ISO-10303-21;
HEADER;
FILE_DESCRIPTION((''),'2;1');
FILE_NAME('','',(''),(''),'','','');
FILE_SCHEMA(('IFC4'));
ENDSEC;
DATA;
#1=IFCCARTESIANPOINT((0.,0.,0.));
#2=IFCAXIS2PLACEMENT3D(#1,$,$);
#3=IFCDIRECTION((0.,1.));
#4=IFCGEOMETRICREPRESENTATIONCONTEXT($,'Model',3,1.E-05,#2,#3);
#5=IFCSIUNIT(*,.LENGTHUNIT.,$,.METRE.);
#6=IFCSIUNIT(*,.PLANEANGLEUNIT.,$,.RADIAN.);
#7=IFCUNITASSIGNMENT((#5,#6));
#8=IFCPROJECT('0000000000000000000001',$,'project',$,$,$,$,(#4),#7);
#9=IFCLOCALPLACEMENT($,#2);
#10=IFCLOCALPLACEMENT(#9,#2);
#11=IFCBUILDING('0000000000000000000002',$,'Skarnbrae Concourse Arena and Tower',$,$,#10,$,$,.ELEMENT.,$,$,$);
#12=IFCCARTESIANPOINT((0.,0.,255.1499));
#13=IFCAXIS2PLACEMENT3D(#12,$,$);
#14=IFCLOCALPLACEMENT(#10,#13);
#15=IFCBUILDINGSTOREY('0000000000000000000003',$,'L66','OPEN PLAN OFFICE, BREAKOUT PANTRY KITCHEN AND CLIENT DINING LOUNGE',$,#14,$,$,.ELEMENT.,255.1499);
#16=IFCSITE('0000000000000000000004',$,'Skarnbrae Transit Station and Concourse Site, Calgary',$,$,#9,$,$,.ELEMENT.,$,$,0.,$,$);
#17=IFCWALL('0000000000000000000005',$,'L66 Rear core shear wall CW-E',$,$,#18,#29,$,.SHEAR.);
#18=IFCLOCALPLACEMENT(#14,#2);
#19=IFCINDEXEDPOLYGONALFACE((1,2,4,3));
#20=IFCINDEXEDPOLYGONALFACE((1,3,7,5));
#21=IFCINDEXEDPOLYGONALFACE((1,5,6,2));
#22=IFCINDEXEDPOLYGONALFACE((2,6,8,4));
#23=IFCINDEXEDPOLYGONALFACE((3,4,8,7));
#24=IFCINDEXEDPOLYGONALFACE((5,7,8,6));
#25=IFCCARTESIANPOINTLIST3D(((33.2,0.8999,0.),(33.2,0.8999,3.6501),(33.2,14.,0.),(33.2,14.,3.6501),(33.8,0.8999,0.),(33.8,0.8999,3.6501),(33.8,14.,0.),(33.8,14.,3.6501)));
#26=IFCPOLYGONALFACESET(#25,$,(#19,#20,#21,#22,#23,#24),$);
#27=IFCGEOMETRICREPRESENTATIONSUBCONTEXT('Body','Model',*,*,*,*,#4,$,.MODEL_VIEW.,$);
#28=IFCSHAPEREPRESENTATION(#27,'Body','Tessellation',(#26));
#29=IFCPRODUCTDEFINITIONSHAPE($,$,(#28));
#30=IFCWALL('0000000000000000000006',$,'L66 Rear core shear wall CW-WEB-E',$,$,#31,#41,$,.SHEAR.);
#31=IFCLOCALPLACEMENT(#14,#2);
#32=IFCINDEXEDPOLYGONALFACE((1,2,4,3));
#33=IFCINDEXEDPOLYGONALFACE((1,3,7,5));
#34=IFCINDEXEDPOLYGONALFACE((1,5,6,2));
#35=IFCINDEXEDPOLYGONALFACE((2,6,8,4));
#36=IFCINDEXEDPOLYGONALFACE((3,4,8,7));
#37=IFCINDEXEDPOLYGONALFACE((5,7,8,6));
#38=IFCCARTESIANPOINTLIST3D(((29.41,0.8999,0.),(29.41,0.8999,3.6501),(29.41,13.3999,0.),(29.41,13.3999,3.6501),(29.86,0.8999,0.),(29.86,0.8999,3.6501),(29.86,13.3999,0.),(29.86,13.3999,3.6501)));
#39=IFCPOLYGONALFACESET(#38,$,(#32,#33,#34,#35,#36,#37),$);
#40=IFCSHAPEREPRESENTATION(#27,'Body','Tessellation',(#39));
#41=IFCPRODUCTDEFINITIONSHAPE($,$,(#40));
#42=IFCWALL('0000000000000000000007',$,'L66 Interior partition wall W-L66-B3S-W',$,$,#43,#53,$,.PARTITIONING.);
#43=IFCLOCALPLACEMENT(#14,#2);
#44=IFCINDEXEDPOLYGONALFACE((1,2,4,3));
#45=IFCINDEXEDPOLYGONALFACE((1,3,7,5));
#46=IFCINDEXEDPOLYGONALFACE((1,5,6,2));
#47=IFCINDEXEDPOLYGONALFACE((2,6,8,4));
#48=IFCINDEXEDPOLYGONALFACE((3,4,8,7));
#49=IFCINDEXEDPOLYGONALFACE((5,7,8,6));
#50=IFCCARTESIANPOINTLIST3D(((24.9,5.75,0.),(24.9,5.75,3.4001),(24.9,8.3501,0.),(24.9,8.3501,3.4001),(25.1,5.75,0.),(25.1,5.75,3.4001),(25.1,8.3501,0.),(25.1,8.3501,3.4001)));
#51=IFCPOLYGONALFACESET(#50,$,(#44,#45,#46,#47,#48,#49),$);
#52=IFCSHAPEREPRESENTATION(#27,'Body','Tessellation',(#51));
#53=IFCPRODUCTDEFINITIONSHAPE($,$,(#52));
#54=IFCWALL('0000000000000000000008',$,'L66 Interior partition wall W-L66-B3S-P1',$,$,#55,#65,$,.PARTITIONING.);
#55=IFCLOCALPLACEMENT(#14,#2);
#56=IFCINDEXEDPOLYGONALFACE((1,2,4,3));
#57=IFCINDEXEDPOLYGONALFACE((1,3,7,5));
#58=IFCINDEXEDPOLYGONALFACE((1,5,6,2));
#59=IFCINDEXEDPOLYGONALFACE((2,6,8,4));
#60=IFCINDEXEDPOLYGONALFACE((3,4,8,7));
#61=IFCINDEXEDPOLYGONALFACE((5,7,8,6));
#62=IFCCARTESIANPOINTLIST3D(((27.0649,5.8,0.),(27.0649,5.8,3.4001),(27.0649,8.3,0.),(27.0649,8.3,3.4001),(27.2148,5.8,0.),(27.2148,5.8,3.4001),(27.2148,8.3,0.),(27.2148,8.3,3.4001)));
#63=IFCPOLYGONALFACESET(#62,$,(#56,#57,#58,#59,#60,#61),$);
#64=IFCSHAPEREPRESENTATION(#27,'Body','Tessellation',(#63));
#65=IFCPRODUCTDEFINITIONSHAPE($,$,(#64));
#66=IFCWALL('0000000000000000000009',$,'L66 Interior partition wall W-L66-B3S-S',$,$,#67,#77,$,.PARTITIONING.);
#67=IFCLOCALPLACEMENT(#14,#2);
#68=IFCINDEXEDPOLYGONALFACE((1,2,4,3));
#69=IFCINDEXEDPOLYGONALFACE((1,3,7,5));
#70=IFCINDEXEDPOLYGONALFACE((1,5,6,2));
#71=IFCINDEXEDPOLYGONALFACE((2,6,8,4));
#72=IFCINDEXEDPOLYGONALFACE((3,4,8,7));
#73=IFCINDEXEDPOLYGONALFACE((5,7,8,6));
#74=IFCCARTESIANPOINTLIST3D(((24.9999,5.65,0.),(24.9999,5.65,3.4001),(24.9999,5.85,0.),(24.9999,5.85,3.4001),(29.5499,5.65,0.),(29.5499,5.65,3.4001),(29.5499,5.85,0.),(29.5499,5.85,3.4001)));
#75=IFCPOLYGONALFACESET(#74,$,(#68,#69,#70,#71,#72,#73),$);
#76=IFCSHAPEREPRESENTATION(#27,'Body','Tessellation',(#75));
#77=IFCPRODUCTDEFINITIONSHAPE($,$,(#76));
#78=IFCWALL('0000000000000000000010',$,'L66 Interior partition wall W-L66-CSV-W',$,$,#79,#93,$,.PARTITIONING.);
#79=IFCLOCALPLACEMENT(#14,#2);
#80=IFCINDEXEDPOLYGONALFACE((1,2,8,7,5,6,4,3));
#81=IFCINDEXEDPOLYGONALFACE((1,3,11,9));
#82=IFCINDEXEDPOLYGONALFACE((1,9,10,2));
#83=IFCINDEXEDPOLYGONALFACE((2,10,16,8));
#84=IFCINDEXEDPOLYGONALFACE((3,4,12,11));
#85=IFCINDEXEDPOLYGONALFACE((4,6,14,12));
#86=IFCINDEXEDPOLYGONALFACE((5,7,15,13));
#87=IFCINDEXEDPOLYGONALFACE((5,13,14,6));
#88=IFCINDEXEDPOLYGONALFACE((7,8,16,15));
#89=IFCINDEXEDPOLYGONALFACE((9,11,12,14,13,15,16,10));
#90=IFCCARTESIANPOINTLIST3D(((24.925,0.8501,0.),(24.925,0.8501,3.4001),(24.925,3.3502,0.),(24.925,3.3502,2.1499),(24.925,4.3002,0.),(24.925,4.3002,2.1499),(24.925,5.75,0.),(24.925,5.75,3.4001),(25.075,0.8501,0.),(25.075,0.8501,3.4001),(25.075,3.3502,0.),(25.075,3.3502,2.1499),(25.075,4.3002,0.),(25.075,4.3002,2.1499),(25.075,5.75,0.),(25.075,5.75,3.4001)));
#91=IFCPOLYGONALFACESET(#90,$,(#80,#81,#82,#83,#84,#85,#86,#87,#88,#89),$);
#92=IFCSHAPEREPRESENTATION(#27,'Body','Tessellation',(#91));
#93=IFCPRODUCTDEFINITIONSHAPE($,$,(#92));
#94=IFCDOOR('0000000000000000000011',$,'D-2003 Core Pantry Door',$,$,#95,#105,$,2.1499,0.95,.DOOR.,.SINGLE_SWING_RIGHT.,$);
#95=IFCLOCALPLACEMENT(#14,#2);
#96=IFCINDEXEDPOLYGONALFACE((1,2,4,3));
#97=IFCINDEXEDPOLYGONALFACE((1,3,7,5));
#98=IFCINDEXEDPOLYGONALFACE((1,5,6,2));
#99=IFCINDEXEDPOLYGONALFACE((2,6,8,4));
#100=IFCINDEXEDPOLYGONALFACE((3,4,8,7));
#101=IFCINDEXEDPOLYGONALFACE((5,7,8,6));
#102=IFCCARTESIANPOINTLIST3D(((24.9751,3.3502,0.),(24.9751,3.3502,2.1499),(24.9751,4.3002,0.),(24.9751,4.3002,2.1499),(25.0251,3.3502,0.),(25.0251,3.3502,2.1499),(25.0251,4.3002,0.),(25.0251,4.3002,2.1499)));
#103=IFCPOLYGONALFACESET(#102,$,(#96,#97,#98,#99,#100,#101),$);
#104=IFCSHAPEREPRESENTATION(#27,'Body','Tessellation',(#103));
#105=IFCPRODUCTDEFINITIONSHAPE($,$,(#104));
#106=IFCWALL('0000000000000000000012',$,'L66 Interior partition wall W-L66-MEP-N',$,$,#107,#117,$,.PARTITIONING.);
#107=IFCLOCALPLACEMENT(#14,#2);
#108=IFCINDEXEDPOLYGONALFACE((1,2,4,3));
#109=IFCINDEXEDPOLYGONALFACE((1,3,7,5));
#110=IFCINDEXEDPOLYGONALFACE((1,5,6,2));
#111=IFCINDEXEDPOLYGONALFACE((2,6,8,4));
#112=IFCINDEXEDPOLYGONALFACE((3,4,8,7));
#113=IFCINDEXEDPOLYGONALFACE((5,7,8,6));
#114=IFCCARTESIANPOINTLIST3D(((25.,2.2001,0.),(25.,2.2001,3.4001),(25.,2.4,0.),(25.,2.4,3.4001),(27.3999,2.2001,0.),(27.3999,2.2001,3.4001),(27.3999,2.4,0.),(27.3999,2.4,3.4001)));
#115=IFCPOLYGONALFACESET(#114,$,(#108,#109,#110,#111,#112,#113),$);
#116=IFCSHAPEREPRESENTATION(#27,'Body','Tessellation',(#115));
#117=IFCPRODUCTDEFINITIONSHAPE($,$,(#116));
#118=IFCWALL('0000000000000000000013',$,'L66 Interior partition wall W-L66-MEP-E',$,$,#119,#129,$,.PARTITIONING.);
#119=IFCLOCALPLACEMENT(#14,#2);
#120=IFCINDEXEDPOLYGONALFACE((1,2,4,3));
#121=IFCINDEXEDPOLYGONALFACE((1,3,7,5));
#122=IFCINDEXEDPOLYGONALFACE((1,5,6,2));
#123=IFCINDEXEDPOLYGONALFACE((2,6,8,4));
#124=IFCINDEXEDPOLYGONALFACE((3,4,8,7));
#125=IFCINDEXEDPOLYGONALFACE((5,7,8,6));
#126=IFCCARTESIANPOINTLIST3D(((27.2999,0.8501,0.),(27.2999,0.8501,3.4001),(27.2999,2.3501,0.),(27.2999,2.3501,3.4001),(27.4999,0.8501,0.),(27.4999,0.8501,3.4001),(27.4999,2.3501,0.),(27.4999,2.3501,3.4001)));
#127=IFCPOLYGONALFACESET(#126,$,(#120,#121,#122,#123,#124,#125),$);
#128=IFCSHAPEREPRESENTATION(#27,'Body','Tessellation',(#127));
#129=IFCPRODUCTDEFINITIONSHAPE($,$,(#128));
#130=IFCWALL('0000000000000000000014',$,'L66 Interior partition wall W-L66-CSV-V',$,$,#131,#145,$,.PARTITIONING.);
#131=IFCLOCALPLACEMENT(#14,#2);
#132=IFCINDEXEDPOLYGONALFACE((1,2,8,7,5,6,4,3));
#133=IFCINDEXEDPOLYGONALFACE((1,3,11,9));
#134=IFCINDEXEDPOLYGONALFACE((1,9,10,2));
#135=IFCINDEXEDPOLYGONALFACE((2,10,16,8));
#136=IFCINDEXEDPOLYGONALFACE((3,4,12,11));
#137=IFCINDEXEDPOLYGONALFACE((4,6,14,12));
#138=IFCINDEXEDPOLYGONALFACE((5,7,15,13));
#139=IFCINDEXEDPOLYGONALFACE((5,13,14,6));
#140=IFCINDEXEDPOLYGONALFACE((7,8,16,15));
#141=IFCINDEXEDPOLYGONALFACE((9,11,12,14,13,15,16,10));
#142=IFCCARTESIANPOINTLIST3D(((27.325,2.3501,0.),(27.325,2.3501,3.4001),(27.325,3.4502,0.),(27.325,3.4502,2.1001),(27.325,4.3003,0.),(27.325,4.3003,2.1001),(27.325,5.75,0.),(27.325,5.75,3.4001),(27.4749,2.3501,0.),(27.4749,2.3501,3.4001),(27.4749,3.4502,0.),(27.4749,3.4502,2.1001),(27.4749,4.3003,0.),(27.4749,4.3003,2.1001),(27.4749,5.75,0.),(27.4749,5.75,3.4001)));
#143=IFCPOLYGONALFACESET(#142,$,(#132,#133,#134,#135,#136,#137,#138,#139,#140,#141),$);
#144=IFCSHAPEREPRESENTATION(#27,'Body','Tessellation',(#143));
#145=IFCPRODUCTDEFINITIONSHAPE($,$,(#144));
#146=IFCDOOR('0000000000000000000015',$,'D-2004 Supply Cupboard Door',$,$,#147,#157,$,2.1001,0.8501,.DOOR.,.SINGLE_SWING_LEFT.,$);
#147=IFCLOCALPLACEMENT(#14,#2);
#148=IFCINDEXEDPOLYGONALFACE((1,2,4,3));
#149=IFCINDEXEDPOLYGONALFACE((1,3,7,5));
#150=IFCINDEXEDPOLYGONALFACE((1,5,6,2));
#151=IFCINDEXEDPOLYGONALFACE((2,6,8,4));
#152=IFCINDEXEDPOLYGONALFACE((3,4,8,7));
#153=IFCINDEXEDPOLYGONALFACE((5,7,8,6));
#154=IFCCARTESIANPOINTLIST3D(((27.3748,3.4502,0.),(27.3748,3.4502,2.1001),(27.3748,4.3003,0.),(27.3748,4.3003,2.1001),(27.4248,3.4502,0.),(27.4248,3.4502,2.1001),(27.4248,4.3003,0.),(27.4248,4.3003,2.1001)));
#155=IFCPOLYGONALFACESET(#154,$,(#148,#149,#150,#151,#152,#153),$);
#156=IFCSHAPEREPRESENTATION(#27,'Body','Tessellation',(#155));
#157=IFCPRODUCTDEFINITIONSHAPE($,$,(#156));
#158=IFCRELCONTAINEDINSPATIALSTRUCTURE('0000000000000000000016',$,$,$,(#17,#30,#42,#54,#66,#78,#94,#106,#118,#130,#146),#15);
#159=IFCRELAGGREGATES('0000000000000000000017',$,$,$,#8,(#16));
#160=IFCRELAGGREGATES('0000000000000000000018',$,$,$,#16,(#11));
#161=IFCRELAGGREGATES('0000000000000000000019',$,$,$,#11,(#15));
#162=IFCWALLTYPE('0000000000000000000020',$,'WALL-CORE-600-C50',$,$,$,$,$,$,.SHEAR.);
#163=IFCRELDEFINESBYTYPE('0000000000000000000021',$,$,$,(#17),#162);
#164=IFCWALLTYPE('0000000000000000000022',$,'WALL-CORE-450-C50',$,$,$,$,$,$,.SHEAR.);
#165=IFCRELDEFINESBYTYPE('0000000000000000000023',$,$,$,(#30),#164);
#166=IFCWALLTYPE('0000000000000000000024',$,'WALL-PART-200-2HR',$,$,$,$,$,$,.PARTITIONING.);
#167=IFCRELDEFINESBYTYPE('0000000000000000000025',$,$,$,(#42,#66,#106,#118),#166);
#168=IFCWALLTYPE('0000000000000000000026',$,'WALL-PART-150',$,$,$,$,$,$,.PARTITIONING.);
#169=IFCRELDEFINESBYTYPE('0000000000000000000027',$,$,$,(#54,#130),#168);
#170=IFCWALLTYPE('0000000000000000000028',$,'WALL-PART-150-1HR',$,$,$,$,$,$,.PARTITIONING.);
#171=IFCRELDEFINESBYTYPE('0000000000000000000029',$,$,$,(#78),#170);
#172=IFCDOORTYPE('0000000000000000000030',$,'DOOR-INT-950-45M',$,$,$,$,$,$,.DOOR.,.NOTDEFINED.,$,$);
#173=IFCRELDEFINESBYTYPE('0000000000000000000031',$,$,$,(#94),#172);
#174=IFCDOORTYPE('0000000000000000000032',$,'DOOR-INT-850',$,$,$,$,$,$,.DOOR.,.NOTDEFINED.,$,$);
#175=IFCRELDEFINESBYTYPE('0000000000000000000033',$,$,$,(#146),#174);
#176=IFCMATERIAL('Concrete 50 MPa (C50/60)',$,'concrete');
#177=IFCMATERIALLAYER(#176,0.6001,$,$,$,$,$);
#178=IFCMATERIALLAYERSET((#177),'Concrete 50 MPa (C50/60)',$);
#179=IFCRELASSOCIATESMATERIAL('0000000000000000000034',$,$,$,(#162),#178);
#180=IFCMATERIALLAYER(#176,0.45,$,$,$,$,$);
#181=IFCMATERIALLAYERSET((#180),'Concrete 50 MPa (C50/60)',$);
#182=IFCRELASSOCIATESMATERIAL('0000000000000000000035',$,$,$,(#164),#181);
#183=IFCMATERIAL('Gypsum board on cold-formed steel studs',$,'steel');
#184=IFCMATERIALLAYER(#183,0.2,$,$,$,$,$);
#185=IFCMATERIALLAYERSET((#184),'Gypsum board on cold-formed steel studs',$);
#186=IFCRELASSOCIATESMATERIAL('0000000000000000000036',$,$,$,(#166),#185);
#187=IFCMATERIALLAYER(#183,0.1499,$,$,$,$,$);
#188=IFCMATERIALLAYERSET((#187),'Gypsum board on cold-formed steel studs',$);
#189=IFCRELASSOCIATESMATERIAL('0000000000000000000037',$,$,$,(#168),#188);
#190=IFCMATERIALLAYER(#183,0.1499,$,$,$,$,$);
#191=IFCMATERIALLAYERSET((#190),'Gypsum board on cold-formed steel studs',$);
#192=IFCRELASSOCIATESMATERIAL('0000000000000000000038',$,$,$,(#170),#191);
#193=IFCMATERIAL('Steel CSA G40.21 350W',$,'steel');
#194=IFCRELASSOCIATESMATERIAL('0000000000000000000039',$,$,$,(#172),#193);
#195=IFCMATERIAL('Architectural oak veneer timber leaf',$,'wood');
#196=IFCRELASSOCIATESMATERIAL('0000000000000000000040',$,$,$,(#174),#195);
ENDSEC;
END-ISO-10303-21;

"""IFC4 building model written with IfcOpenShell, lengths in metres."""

from ifc_helpers import new_model, si_unit, direction, frame, frame_2d, origin, place, context, subcontext, project, spatial, rectangle, extrude, source, transform, mapped, material, layer, layer_set, type_object, element, fill, save


model = new_model("IFC4")

# Units and contexts
model_context = context("Model", 3, precision=1e-05, world=origin(), true_north=direction((0.0, 1.0)))
body_context = subcontext(model_context, "Body", "Model", "MODEL_VIEW")
ifc_project = project(units=[si_unit("LENGTHUNIT", "METRE"), si_unit("PLANEANGLEUNIT", "RADIAN")], contexts=[model_context])

# Site, building, storey
site_placement = place(None, origin())
site = spatial("IfcSite", under=ifc_project, at=site_placement, Name="Skarnbrae Transit Station and Concourse Site, Calgary", CompositionType="ELEMENT", RefElevation=0.0)
building_placement = place(site_placement, origin())
building = spatial("IfcBuilding", under=site, at=building_placement, Name="Skarnbrae Concourse Arena and Tower", CompositionType="ELEMENT")
storey_placement = place(building_placement, frame((0.0, 0.0, 255.1499)))
storey = spatial("IfcBuildingStorey", under=building, at=storey_placement, Name="L66", Description="OPEN PLAN OFFICE, BREAKOUT PANTRY KITCHEN AND CLIENT DINING LOUNGE", CompositionType="ELEMENT", Elevation=255.1499)

# Walls
ifc_material_1 = material(Name="Concrete 50 MPa (C50/60)", Category="concrete")
ifc_layer_1 = layer(ifc_material_1, 0.6001)
ifc_layer_set_1 = layer_set([ifc_layer_1], Name="Concrete 50 MPa (C50/60)")
wall_type_1 = type_object("IfcWallType", Name="WALL-CORE-600-C50", PredefinedType="SHEAR", material=ifc_layer_set_1)
shared_shape_1 = source(origin(), body_context, "Body", "SweptSolid", [
    extrude(rectangle(XDim=13.1001, YDim=0.6001, at=frame_2d((6.55, 0.0))), origin(), (0.0, 0.0, 1.0), 3.6501),
])
wall_1_placement = place(storey_placement, frame((33.5, 0.8999, 0.0), z_axis=(0.0, 0.0, 1.0), x_axis=(0.0, 1.0, 0.0)))
element("IfcWall", 1, at=wall_1_placement, inside=storey, type_object=wall_type_1, Name="L66 Rear core shear wall CW-E", PredefinedType="SHEAR", context=body_context, shape_type="MappedRepresentation", body=[
    mapped(shared_shape_1, transform((0.0, 0.0, 0.0))),
])
ifc_layer_2 = layer(ifc_material_1, 0.45)
ifc_layer_set_2 = layer_set([ifc_layer_2], Name="Concrete 50 MPa (C50/60)")
wall_type_2 = type_object("IfcWallType", Name="WALL-CORE-450-C50", PredefinedType="SHEAR", material=ifc_layer_set_2)
shared_shape_2 = source(origin(), body_context, "Body", "SweptSolid", [
    extrude(rectangle(XDim=12.5, YDim=0.45, at=frame_2d((6.25, 0.0))), origin(), (0.0, 0.0, 1.0), 3.6501),
])
wall_2_placement = place(storey_placement, frame((29.635, 0.8999, 0.0), z_axis=(0.0, 0.0, 1.0), x_axis=(0.0, 1.0, 0.0)))
element("IfcWall", 2, at=wall_2_placement, inside=storey, type_object=wall_type_2, Name="L66 Rear core shear wall CW-WEB-E", PredefinedType="SHEAR", context=body_context, shape_type="MappedRepresentation", body=[
    mapped(shared_shape_2, transform((0.0, 0.0, 0.0))),
])
ifc_material_2 = material(Name="Gypsum board on cold-formed steel studs", Category="steel")
ifc_layer_3 = layer(ifc_material_2, 0.2)
ifc_layer_set_3 = layer_set([ifc_layer_3], Name="Gypsum board on cold-formed steel studs")
wall_type_3 = type_object("IfcWallType", Name="WALL-PART-200-2HR", PredefinedType="PARTITIONING", material=ifc_layer_set_3)
shared_shape_3 = source(origin(), body_context, "Body", "SweptSolid", [
    extrude(rectangle(XDim=2.6001, YDim=0.2, at=frame_2d((1.3, 0.0))), origin(), (0.0, 0.0, 1.0), 3.4001),
])
wall_3_placement = place(storey_placement, frame((25.0, 5.75, 0.0), z_axis=(0.0, 0.0, 1.0), x_axis=(0.0, 1.0, 0.0)))
element("IfcWall", 3, at=wall_3_placement, inside=storey, type_object=wall_type_3, Name="L66 Interior partition wall W-L66-B3S-W", PredefinedType="PARTITIONING", context=body_context, shape_type="MappedRepresentation", body=[
    mapped(shared_shape_3, transform((0.0, 0.0, 0.0))),
])
ifc_layer_4 = layer(ifc_material_2, 0.1499)
ifc_layer_set_4 = layer_set([ifc_layer_4], Name="Gypsum board on cold-formed steel studs")
wall_type_4 = type_object("IfcWallType", Name="WALL-PART-150", PredefinedType="PARTITIONING", material=ifc_layer_set_4)
shared_shape_4 = source(origin(), body_context, "Body", "SweptSolid", [
    extrude(rectangle(XDim=2.5, YDim=0.1499, at=frame_2d((1.25, 0.0))), origin(), (0.0, 0.0, 1.0), 3.4001),
])
wall_4_placement = place(storey_placement, frame((27.1399, 5.8, 0.0), z_axis=(0.0, 0.0, 1.0), x_axis=(0.0, 1.0, 0.0)))
element("IfcWall", 4, at=wall_4_placement, inside=storey, type_object=wall_type_4, Name="L66 Interior partition wall W-L66-B3S-P1", PredefinedType="PARTITIONING", context=body_context, shape_type="MappedRepresentation", body=[
    mapped(shared_shape_4, transform((0.0, 0.0, 0.0))),
])

# Shared definitions
shared_shape_5 = source(origin(), body_context, "Body", "SweptSolid", [
    extrude(rectangle(XDim=4.55, YDim=0.2, at=frame_2d((2.2749, 0.0))), origin(), (0.0, 0.0, 1.0), 3.4001),
])

# Wall
wall_5_placement = place(storey_placement, frame((25.0, 5.75, 0.0), z_axis=(0.0, 0.0, 1.0), x_axis=(1.0, 0.0, 0.0)))
element("IfcWall", 5, at=wall_5_placement, inside=storey, type_object=wall_type_3, Name="L66 Interior partition wall W-L66-B3S-S", PredefinedType="PARTITIONING", context=body_context, shape_type="MappedRepresentation", body=[
    mapped(shared_shape_5, transform((0.0, 0.0, 0.0))),
])

# Wall, opening, door
ifc_layer_5 = layer(ifc_material_2, 0.1499)
ifc_layer_set_5 = layer_set([ifc_layer_5], Name="Gypsum board on cold-formed steel studs")
wall_type_5 = type_object("IfcWallType", Name="WALL-PART-150-1HR", PredefinedType="PARTITIONING", material=ifc_layer_set_5)
shared_shape_6 = source(origin(), body_context, "Body", "SweptSolid", [
    extrude(rectangle(XDim=4.8999, YDim=0.1499, at=frame_2d((2.45, 0.0))), origin(), (0.0, 0.0, 1.0), 3.4001),
])
wall_6_placement = place(storey_placement, frame((25.0, 0.8501, 0.0), z_axis=(0.0, 0.0, 1.0), x_axis=(0.0, 1.0, 0.0)))
wall_6 = element("IfcWall", 6, at=wall_6_placement, inside=storey, type_object=wall_type_5, Name="L66 Interior partition wall W-L66-CSV-W", PredefinedType="PARTITIONING", context=body_context, shape_type="MappedRepresentation", body=[
    mapped(shared_shape_6, transform((0.0, 0.0, 0.0))),
])
opening_1_placement = place(wall_6_placement, frame((2.5, 0.0, 0.0)))
opening_1 = element("IfcOpeningElement", 7, at=opening_1_placement, cuts=wall_6, PredefinedType="OPENING", context=body_context, shape_type="SweptSolid", body=[
    extrude(rectangle(XDim=0.95, YDim=2.1499, at=frame_2d((0.4751, 1.075))), frame((0.0, 0.085, 0.0), z_axis=(0.0, -1.0, 0.0), x_axis=(1.0, 0.0, 0.0)), (0.0, 0.0, 1.0), 0.1699),
])
ifc_material_3 = material(Name="Steel CSA G40.21 350W", Category="steel")
door_type_1 = type_object("IfcDoorType", Name="DOOR-INT-950-45M", OperationType="NOTDEFINED", PredefinedType="DOOR", material=ifc_material_3)
shared_shape_7 = source(origin(), body_context, "Body", "SweptSolid", [
    extrude(rectangle(XDim=0.95, YDim=2.1499, at=frame_2d((0.4751, 1.075))), frame((0.0, 0.0249, 0.0), z_axis=(0.0, -1.0, 0.0), x_axis=(1.0, 0.0, 0.0)), (0.0, 0.0, 1.0), 0.05),
])
door_1_placement = place(opening_1_placement, origin())
door_1 = element("IfcDoor", 8, at=door_1_placement, inside=storey, type_object=door_type_1, Name="D-2003 Core Pantry Door", OperationType="SINGLE_SWING_RIGHT", OverallHeight=2.1499, OverallWidth=0.95, PredefinedType="DOOR", context=body_context, shape_type="MappedRepresentation", body=[
    mapped(shared_shape_7, transform((0.0, 0.0, 0.0))),
])
fill(opening_1, door_1)

# Walls
shared_shape_8 = source(origin(), body_context, "Body", "SweptSolid", [
    extrude(rectangle(XDim=2.3999, YDim=0.2, at=frame_2d((1.2, 0.0))), origin(), (0.0, 0.0, 1.0), 3.4001),
])
wall_7_placement = place(storey_placement, frame((25.0, 2.3, 0.0), z_axis=(0.0, 0.0, 1.0), x_axis=(1.0, 0.0, 0.0)))
element("IfcWall", 9, at=wall_7_placement, inside=storey, type_object=wall_type_3, Name="L66 Interior partition wall W-L66-MEP-N", PredefinedType="PARTITIONING", context=body_context, shape_type="MappedRepresentation", body=[
    mapped(shared_shape_8, transform((0.0, 0.0, 0.0))),
])
shared_shape_9 = source(origin(), body_context, "Body", "SweptSolid", [
    extrude(rectangle(XDim=1.5, YDim=0.2, at=frame_2d((0.75, 0.0))), origin(), (0.0, 0.0, 1.0), 3.4001),
])
wall_8_placement = place(storey_placement, frame((27.3999, 0.8501, 0.0), z_axis=(0.0, 0.0, 1.0), x_axis=(0.0, 1.0, 0.0)))
element("IfcWall", 10, at=wall_8_placement, inside=storey, type_object=wall_type_3, Name="L66 Interior partition wall W-L66-MEP-E", PredefinedType="PARTITIONING", context=body_context, shape_type="MappedRepresentation", body=[
    mapped(shared_shape_9, transform((0.0, 0.0, 0.0))),
])

# Wall, opening, door
shared_shape_10 = source(origin(), body_context, "Body", "SweptSolid", [
    extrude(rectangle(XDim=3.3999, YDim=0.1499, at=frame_2d((1.7, 0.0))), origin(), (0.0, 0.0, 1.0), 3.4001),
])
wall_9_placement = place(storey_placement, frame((27.3999, 2.3501, 0.0), z_axis=(0.0, 0.0, 1.0), x_axis=(0.0, 1.0, 0.0)))
wall_9 = element("IfcWall", 11, at=wall_9_placement, inside=storey, type_object=wall_type_4, Name="L66 Interior partition wall W-L66-CSV-V", PredefinedType="PARTITIONING", context=body_context, shape_type="MappedRepresentation", body=[
    mapped(shared_shape_10, transform((0.0, 0.0, 0.0))),
])
opening_2_placement = place(wall_9_placement, frame((1.1001, 0.0, 0.0)))
opening_2 = element("IfcOpeningElement", 12, at=opening_2_placement, cuts=wall_9, PredefinedType="OPENING", context=body_context, shape_type="SweptSolid", body=[
    extrude(rectangle(XDim=0.8501, YDim=2.1001, at=frame_2d((0.425, 1.05))), frame((0.0, 0.085, 0.0), z_axis=(0.0, -1.0, 0.0), x_axis=(1.0, 0.0, 0.0)), (0.0, 0.0, 1.0), 0.1699),
])
ifc_material_4 = material(Name="Architectural oak veneer timber leaf", Category="wood")
door_type_2 = type_object("IfcDoorType", Name="DOOR-INT-850", OperationType="NOTDEFINED", PredefinedType="DOOR", material=ifc_material_4)
shared_shape_11 = source(origin(), body_context, "Body", "SweptSolid", [
    extrude(rectangle(XDim=0.8501, YDim=2.1001, at=frame_2d((0.425, 1.05))), frame((0.0, 0.0249, 0.0), z_axis=(0.0, -1.0, 0.0), x_axis=(1.0, 0.0, 0.0)), (0.0, 0.0, 1.0), 0.05),
])
door_2_placement = place(opening_2_placement, frame((0.8501, 0.0, 0.0), z_axis=(0.0, 0.0, 1.0), x_axis=(-1.0, 0.0, 0.0)))
door_2 = element("IfcDoor", 13, at=door_2_placement, inside=storey, type_object=door_type_2, Name="D-2004 Supply Cupboard Door", OperationType="SINGLE_SWING_LEFT", OverallHeight=2.1001, OverallWidth=0.8501, PredefinedType="DOOR", context=body_context, shape_type="MappedRepresentation", body=[
    mapped(shared_shape_11, transform((0.0, 0.0, 0.0))),
])
fill(opening_2, door_2)

save(model, "model.ifc")
